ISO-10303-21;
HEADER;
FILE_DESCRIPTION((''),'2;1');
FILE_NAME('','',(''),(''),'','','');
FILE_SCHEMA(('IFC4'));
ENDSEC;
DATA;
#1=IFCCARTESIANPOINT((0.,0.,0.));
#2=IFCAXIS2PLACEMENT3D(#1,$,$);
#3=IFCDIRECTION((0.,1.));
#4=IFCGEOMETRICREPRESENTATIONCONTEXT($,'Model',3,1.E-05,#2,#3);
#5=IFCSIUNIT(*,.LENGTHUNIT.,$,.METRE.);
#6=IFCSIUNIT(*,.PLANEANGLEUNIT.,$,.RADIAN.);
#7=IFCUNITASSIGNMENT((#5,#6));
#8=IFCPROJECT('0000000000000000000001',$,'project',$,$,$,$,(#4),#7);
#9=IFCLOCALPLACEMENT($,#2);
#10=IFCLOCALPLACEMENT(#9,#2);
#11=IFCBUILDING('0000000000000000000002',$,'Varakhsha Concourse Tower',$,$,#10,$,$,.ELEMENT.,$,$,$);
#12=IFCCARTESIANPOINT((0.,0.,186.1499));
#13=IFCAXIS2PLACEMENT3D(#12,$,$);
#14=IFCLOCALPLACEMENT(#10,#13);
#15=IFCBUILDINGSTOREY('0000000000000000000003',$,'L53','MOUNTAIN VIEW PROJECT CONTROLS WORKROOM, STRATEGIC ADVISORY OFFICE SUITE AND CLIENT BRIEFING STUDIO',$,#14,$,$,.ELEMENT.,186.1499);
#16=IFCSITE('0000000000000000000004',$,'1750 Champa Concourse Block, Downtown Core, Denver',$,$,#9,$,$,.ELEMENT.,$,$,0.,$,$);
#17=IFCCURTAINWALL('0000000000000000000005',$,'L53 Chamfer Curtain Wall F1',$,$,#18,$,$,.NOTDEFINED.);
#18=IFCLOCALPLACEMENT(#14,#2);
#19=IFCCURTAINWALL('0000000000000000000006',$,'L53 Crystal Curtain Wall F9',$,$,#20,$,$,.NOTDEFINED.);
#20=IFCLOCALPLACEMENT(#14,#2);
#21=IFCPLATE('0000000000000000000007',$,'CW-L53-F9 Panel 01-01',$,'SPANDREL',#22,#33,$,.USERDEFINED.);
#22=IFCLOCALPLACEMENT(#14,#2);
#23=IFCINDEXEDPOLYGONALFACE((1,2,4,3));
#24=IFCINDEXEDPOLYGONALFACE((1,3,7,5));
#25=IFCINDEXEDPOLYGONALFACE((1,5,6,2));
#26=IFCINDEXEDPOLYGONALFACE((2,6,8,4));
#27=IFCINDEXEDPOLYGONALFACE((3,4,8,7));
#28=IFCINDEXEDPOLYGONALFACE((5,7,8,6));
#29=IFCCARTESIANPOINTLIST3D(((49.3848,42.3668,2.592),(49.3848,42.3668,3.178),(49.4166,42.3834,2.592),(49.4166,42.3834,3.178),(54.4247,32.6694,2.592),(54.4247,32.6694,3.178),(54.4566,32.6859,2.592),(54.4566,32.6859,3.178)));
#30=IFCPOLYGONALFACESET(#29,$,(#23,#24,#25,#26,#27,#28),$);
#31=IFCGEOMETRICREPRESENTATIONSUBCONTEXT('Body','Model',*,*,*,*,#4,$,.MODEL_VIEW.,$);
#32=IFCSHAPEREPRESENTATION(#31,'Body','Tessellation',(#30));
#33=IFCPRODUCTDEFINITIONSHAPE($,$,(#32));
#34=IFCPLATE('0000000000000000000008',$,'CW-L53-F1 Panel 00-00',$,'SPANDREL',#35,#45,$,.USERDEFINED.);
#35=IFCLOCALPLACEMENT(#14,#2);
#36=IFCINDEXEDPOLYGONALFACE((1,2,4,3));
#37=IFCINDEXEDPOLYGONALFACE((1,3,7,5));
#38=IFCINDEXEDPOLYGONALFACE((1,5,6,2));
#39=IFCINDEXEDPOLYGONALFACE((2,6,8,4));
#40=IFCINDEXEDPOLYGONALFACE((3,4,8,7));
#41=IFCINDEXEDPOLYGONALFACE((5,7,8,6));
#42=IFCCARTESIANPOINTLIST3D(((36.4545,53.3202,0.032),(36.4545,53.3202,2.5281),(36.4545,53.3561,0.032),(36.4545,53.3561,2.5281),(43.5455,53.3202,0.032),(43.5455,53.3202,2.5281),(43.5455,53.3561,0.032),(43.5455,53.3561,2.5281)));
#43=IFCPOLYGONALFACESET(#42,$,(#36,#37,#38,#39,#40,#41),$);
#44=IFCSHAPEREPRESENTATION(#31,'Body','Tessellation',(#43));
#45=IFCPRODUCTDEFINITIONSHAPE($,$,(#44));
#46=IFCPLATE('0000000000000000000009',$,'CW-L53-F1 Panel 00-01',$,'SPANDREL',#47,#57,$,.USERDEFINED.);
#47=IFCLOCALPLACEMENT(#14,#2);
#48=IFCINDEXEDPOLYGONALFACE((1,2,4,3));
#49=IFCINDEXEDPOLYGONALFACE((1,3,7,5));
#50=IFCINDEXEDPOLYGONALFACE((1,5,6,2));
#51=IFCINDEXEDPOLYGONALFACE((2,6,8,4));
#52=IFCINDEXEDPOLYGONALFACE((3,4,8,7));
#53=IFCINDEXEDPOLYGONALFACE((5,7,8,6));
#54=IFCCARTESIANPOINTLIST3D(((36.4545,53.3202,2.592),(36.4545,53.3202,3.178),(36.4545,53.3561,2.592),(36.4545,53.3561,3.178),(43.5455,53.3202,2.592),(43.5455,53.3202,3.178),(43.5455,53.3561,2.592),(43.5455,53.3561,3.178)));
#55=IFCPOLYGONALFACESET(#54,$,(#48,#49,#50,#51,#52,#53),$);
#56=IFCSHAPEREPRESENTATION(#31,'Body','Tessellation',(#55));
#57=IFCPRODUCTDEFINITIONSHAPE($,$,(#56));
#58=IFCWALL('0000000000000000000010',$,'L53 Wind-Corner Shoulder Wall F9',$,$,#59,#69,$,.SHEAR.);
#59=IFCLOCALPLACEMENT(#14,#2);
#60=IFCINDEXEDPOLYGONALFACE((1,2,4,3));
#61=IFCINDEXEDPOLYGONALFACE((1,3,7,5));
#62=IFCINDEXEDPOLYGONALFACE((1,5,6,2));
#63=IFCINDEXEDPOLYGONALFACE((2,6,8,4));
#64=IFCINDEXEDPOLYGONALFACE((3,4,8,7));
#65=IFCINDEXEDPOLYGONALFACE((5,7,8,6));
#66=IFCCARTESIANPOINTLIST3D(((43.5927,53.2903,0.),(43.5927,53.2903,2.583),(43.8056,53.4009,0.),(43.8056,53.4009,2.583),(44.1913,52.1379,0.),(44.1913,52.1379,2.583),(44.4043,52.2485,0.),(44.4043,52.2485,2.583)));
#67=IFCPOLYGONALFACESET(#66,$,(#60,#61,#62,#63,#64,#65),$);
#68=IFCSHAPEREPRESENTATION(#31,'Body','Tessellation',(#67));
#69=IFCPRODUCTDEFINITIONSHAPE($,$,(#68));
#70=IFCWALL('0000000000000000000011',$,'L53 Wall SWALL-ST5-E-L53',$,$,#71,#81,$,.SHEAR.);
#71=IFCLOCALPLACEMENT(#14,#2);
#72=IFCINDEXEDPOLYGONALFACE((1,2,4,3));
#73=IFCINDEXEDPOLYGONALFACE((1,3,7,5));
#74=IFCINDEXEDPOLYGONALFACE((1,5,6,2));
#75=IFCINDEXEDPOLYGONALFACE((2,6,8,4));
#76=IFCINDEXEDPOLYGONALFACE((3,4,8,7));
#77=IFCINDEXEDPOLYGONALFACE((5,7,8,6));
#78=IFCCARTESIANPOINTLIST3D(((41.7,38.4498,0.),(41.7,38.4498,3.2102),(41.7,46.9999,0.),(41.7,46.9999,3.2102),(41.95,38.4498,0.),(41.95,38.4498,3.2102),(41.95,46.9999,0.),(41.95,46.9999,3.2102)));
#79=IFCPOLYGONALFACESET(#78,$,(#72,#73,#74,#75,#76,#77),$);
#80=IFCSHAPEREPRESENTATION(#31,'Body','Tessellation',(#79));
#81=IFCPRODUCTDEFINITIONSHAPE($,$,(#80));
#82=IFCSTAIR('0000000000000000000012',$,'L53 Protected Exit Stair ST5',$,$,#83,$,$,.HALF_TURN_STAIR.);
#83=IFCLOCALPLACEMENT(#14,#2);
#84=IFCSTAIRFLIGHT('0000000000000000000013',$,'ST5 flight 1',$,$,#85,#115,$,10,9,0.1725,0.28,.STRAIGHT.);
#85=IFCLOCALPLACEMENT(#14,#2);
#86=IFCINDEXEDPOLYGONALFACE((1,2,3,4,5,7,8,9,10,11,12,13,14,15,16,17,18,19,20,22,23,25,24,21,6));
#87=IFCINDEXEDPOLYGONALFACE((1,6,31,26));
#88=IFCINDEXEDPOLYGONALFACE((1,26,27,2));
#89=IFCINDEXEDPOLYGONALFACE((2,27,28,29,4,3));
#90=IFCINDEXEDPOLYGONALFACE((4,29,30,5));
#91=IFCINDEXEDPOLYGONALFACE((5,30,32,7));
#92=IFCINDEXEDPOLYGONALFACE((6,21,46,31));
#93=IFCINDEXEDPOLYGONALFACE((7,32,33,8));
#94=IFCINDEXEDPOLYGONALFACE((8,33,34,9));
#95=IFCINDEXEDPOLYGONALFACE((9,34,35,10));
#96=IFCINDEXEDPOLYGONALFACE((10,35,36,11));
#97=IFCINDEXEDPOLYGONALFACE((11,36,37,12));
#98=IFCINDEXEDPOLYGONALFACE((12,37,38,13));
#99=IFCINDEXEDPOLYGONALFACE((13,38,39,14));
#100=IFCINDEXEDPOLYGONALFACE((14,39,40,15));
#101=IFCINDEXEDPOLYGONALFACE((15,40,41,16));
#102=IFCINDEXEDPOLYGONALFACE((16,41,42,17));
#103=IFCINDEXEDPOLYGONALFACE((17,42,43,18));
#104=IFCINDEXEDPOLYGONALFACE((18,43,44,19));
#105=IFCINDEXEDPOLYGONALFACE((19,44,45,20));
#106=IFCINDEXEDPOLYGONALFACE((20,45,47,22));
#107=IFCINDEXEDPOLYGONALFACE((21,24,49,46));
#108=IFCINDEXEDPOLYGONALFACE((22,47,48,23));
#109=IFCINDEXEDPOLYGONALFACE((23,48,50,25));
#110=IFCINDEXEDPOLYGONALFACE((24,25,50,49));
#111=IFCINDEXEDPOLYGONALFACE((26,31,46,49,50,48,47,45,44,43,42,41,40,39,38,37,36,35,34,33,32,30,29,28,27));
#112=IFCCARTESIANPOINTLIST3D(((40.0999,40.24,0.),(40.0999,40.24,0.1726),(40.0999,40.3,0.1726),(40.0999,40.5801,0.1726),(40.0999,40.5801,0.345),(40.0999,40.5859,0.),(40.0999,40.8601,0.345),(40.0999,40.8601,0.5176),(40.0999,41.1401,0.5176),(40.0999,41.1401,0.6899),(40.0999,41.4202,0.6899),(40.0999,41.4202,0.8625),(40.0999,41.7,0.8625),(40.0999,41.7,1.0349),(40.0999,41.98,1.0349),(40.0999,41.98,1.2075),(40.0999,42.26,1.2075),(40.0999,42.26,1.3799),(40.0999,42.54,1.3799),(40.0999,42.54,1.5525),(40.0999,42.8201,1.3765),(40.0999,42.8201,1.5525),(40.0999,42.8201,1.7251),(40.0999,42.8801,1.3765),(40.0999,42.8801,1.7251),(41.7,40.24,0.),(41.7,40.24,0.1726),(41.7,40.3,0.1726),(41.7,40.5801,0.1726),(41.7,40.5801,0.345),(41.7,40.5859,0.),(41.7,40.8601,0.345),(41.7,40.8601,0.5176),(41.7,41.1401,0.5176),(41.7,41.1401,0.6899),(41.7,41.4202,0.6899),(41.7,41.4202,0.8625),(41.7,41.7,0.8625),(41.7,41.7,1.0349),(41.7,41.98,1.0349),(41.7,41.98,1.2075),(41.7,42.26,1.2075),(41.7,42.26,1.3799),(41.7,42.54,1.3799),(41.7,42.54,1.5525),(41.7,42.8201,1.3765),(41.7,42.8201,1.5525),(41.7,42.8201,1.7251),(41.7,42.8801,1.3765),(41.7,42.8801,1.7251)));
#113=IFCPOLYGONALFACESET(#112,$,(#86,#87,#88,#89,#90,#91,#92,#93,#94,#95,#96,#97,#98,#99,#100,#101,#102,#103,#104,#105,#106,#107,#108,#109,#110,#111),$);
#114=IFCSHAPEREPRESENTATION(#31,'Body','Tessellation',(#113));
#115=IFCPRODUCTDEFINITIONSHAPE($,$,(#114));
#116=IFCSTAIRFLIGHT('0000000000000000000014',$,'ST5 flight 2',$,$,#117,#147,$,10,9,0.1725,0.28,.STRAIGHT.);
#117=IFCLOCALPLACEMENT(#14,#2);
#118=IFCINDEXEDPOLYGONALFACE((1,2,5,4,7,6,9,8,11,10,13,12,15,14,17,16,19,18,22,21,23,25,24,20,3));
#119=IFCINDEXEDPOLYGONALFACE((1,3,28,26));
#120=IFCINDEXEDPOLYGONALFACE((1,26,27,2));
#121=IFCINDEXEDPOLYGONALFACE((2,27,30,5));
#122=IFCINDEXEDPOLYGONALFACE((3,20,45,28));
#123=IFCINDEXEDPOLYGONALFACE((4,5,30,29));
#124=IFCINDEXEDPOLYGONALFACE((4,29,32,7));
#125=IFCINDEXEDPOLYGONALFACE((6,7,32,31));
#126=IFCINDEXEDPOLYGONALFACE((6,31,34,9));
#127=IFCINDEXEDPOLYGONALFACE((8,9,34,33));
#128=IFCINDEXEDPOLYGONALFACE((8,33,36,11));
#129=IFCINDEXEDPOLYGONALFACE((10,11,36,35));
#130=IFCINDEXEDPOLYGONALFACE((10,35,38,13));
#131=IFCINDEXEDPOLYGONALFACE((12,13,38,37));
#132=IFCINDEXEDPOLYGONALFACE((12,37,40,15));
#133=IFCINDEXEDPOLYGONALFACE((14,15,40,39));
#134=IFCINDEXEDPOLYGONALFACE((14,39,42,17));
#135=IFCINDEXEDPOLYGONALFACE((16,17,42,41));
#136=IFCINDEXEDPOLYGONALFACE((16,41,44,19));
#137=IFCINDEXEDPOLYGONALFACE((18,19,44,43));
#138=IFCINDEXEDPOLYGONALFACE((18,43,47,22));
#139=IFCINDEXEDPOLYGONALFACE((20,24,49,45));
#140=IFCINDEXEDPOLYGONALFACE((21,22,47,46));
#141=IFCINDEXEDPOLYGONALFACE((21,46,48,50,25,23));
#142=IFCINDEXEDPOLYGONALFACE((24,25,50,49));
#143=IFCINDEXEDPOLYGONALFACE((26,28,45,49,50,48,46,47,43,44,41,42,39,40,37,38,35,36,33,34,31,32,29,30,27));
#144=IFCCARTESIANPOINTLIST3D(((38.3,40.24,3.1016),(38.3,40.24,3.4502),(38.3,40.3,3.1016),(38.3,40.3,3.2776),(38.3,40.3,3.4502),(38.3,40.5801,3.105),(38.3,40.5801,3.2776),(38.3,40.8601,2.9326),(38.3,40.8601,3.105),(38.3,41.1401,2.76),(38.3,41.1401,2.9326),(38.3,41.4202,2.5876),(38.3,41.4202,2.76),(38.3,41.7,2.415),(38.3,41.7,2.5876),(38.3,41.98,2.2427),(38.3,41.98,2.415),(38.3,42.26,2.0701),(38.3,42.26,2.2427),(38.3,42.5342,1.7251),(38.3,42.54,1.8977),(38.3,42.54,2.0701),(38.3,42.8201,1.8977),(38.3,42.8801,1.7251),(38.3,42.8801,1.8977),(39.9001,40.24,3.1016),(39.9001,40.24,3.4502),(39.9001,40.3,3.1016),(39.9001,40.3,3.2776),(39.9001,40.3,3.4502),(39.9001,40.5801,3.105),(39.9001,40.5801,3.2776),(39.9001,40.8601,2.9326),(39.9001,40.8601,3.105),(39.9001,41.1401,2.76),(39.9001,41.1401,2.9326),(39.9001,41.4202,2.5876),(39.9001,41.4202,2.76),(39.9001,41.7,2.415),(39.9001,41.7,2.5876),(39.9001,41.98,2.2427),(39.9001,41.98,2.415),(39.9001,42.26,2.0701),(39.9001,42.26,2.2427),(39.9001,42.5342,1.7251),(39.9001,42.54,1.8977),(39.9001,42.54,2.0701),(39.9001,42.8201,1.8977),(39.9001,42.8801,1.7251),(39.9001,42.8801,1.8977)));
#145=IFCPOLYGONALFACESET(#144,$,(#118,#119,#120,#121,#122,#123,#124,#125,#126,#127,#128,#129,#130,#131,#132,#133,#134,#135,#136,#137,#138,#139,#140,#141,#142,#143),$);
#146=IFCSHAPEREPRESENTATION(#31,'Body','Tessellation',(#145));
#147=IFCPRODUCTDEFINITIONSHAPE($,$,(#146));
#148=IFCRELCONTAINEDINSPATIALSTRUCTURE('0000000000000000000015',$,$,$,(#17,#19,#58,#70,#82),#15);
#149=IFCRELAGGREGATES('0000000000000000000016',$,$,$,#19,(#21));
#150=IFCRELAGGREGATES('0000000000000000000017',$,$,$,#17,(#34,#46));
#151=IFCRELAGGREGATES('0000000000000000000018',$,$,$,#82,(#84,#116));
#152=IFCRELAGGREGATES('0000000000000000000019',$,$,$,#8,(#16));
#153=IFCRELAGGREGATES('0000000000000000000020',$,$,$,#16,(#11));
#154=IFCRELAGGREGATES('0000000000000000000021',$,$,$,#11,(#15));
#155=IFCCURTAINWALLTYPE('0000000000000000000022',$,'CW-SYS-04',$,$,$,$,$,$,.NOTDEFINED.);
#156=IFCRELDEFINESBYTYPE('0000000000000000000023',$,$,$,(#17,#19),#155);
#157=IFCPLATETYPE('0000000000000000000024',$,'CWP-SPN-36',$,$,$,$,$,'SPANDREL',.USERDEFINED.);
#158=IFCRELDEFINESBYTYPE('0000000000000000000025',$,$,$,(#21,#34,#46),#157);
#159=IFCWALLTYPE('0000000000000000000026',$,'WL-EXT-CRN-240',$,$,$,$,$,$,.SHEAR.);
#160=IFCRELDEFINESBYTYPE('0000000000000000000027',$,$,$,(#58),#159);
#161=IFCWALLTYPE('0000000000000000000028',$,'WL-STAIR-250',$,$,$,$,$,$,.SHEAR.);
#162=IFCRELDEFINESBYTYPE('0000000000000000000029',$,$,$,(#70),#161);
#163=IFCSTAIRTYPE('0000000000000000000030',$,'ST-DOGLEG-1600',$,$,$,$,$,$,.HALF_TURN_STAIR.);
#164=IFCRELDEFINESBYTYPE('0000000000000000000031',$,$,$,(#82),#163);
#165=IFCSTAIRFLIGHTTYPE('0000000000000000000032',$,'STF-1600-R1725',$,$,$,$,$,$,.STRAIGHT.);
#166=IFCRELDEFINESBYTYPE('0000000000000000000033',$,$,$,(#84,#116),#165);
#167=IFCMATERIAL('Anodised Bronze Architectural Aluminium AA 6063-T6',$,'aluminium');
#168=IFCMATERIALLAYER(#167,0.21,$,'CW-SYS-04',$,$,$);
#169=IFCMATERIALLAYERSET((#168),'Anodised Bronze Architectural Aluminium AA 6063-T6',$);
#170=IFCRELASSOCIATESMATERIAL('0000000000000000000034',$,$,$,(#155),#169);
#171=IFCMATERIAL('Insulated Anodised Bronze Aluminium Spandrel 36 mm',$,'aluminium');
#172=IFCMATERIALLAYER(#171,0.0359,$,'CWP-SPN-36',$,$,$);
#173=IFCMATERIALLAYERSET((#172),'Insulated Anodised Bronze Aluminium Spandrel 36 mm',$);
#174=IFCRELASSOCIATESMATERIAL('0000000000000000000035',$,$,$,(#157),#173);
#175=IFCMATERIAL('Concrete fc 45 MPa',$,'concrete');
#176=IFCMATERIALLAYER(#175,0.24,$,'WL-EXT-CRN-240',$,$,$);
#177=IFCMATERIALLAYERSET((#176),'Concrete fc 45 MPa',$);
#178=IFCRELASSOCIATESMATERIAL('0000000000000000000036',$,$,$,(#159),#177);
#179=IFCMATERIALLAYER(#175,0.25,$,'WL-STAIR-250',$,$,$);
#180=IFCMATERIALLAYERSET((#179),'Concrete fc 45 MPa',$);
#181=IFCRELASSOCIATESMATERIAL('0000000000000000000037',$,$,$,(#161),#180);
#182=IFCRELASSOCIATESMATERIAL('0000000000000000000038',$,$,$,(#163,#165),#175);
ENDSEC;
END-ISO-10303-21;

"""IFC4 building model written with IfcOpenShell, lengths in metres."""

from ifc_helpers import new_model, si_unit, direction, frame, frame_2d, origin, origin_2d, place, context, subcontext, project, spatial, polyline, rectangle, outline, extrude, source, transform, mapped, material, layer, layer_set, type_object, type_shapes, element, aggregate, save


model = new_model("IFC4")

# Units and contexts
model_context = context("Model", 3, precision=1e-05, world=origin(), true_north=direction((0.0, 1.0)))
body_context = subcontext(model_context, "Body", "Model", "MODEL_VIEW")
ifc_project = project(units=[si_unit("LENGTHUNIT", "METRE"), si_unit("PLANEANGLEUNIT", "RADIAN")], contexts=[model_context])

# Site, building, storey
site_placement = place(None, origin())
site = spatial("IfcSite", under=ifc_project, at=site_placement, Name="1750 Champa Concourse Block, Downtown Core, Denver", CompositionType="ELEMENT", RefElevation=0.0)
building_placement = place(site_placement, origin())
building = spatial("IfcBuilding", under=site, at=building_placement, Name="Varakhsha Concourse Tower", CompositionType="ELEMENT")
storey_placement = place(building_placement, frame((0.0, 0.0, 186.1499)))
storey = spatial("IfcBuildingStorey", under=building, at=storey_placement, Name="L53", Description="MOUNTAIN VIEW PROJECT CONTROLS WORKROOM, STRATEGIC ADVISORY OFFICE SUITE AND CLIENT BRIEFING STUDIO", CompositionType="ELEMENT", Elevation=186.1499)

# Curtain wall
ifc_material_1 = material(Name="Anodised Bronze Architectural Aluminium AA 6063-T6", Category="aluminium")
ifc_layer_1 = layer(ifc_material_1, 0.21, Name="CW-SYS-04")
ifc_layer_set_1 = layer_set([ifc_layer_1], Name="Anodised Bronze Architectural Aluminium AA 6063-T6")
curtain_wall_type = type_object("IfcCurtainWallType", Name="CW-SYS-04", PredefinedType="NOTDEFINED", material=ifc_layer_set_1)
curtain_wall_1_placement = place(storey_placement, origin())
curtain_wall_1 = element("IfcCurtainWall", 1, at=curtain_wall_1_placement, inside=storey, type_object=curtain_wall_type, Name="L53 Chamfer Curtain Wall F1", PredefinedType="NOTDEFINED")

# Curtain wall
curtain_wall_2_placement = place(storey_placement, origin())
curtain_wall_2 = element("IfcCurtainWall", 2, at=curtain_wall_2_placement, inside=storey, type_object=curtain_wall_type, Name="L53 Crystal Curtain Wall F9", PredefinedType="NOTDEFINED")

# Plates
ifc_material_2 = material(Name="Insulated Anodised Bronze Aluminium Spandrel 36 mm", Category="aluminium")
ifc_layer_2 = layer(ifc_material_2, 0.0359, Name="CWP-SPN-36")
ifc_layer_set_2 = layer_set([ifc_layer_2], Name="Insulated Anodised Bronze Aluminium Spandrel 36 mm")
plate_type_1 = type_object("IfcPlateType", Name="CWP-SPN-36", ElementType="SPANDREL", PredefinedType="USERDEFINED", material=ifc_layer_set_2)
shared_shape_1 = source(origin(), body_context, "Body", "SweptSolid", [
    extrude(rectangle(XDim=10.929, YDim=0.0359, at=origin_2d()), origin(), (0.0, 0.0, 1.0), 0.5859),
])
plate_1_placement = place(storey_placement, frame((51.9207, 37.5264, 2.592), z_axis=(0.0, 0.0, 1.0), x_axis=(0.461156, -0.887319, 0.0)))
plate_1 = element("IfcPlate", 3, at=plate_1_placement, type_object=plate_type_1, Name="CW-L53-F9 Panel 01-01", ObjectType="SPANDREL", PredefinedType="USERDEFINED", context=body_context, shape_type="MappedRepresentation", body=[
    mapped(shared_shape_1, transform((0.0, 0.0, 0.0), scale=1.0)),
])
aggregate(curtain_wall_2, [plate_1])
shared_shape_2 = source(origin(), body_context, "Body", "SweptSolid", [
    extrude(rectangle(XDim=7.0911, YDim=0.0359, at=origin_2d()), origin(), (0.0, 0.0, 1.0), 2.4961),
])
plate_2_placement = place(storey_placement, frame((40.0, 53.3381, 0.032), z_axis=(0.0, 0.0, 1.0), x_axis=(1.0, 0.0, 0.0)))
plate_2 = element("IfcPlate", 4, at=plate_2_placement, type_object=plate_type_1, Name="CW-L53-F1 Panel 00-00", ObjectType="SPANDREL", PredefinedType="USERDEFINED", context=body_context, shape_type="MappedRepresentation", body=[
    mapped(shared_shape_2, transform((0.0, 0.0, 0.0), scale=1.0)),
])
shared_shape_3 = source(origin(), body_context, "Body", "SweptSolid", [
    extrude(rectangle(XDim=7.0911, YDim=0.0359, at=origin_2d()), origin(), (0.0, 0.0, 1.0), 0.5859),
])
type_shapes(plate_type_1, [shared_shape_1, shared_shape_2, shared_shape_3])
plate_3_placement = place(storey_placement, frame((40.0, 53.3381, 2.592), z_axis=(0.0, 0.0, 1.0), x_axis=(1.0, 0.0, 0.0)))
plate_3 = element("IfcPlate", 5, at=plate_3_placement, type_object=plate_type_1, Name="CW-L53-F1 Panel 00-01", ObjectType="SPANDREL", PredefinedType="USERDEFINED", context=body_context, shape_type="MappedRepresentation", body=[
    mapped(shared_shape_3, transform((0.0, 0.0, 0.0), scale=1.0)),
])
aggregate(curtain_wall_1, [plate_2, plate_3])

# Walls
ifc_material_3 = material(Name="Concrete fc 45 MPa", Category="concrete")
ifc_layer_3 = layer(ifc_material_3, 0.24, Name="WL-EXT-CRN-240")
ifc_layer_set_3 = layer_set([ifc_layer_3], Name="Concrete fc 45 MPa")
wall_type_1 = type_object("IfcWallType", Name="WL-EXT-CRN-240", PredefinedType="SHEAR", material=ifc_layer_set_3)
wall_1_placement = place(storey_placement, frame((44.2979, 52.1931, 0.0), z_axis=(0.0, 0.0, 1.0), x_axis=(-0.460998, 0.887401, 0.0)))
element("IfcWall", 6, at=wall_1_placement, inside=storey, type_object=wall_type_1, Name="L53 Wind-Corner Shoulder Wall F9", PredefinedType="SHEAR", context=body_context, shape_type="SweptSolid", body=[
    extrude(rectangle(XDim=1.2986, YDim=0.24, at=frame_2d((0.6494, 0.0))), origin(), (0.0, 0.0, 1.0), 2.583),
])
ifc_layer_4 = layer(ifc_material_3, 0.25, Name="WL-STAIR-250")
ifc_layer_set_4 = layer_set([ifc_layer_4], Name="Concrete fc 45 MPa")
wall_type_2 = type_object("IfcWallType", Name="WL-STAIR-250", PredefinedType="SHEAR", material=ifc_layer_set_4)
wall_2_placement = place(storey_placement, frame((41.825, 38.45, 0.0), z_axis=(0.0, 0.0, 1.0), x_axis=(0.0, 1.0, 0.0)))
element("IfcWall", 7, at=wall_2_placement, inside=storey, type_object=wall_type_2, Name="L53 Wall SWALL-ST5-E-L53", PredefinedType="SHEAR", context=body_context, shape_type="SweptSolid", body=[
    extrude(rectangle(XDim=8.55, YDim=0.25, at=frame_2d((4.2749, 0.0))), origin(), (0.0, 0.0, 1.0), 3.2102),
])

# Stair, stair flights
stair_type = type_object("IfcStairType", Name="ST-DOGLEG-1600", PredefinedType="HALF_TURN_STAIR", material=ifc_material_3)
stair_placement = place(storey_placement, origin())
stair = element("IfcStair", 8, at=stair_placement, inside=storey, type_object=stair_type, Name="L53 Protected Exit Stair ST5", PredefinedType="HALF_TURN_STAIR")
stair_flight_type = type_object("IfcStairFlightType", Name="STF-1600-R1725", PredefinedType="STRAIGHT", material=ifc_material_3)
stair_flight_1_placement = place(storey_placement, frame((40.8999, 40.3, 0.0), z_axis=(0.0, 0.0, 1.0), x_axis=(0.0, 1.0, 0.0)))
stair_flight_1 = element("IfcStairFlight", 9, at=stair_flight_1_placement, type_object=stair_flight_type, Name="ST5 flight 1", NumberOfRisers=10, NumberOfTreads=9, PredefinedType="STRAIGHT", RiserHeight=0.1725, TreadLength=0.28, context=body_context, shape_type="SweptSolid", body=[
    extrude(outline(polyline([(-0.0601, 0.0), (-0.0601, 0.1726), (0.0, 0.1726), (0.28, 0.1726), (0.28, 0.345), (0.5601, 0.345), (0.5601, 0.5176), (0.8401, 0.5176), (0.8401, 0.6899), (1.1201, 0.6899), (1.1201, 0.8625), (1.3999, 0.8625), (1.3999, 1.0349), (1.6799, 1.0349), (1.6799, 1.2075), (1.96, 1.2075), (1.96, 1.3799), (2.24, 1.3799), (2.24, 1.5525), (2.52, 1.5525), (2.52, 1.7251), (2.5801, 1.7251), (2.5801, 1.3765), (2.52, 1.3765), (0.2859, 0.0), (-0.0601, 0.0)])), frame((0.0, 0.8, 0.0), z_axis=(0.0, -1.0, 0.0), x_axis=(1.0, 0.0, 0.0)), (0.0, 0.0, 1.0), 1.6001),
])
stair_flight_2_placement = place(storey_placement, frame((39.1001, 42.8201, 1.7251), z_axis=(0.0, 0.0, 1.0), x_axis=(0.0, -1.0, 0.0)))
stair_flight_2 = element("IfcStairFlight", 10, at=stair_flight_2_placement, type_object=stair_flight_type, Name="ST5 flight 2", NumberOfRisers=10, NumberOfTreads=9, PredefinedType="STRAIGHT", RiserHeight=0.1725, TreadLength=0.28, context=body_context, shape_type="SweptSolid", body=[
    extrude(outline(polyline([(-0.0601, 0.0), (-0.0601, 0.1726), (0.0, 0.1726), (0.28, 0.1726), (0.28, 0.345), (0.5601, 0.345), (0.5601, 0.5176), (0.8401, 0.5176), (0.8401, 0.6899), (1.1201, 0.6899), (1.1201, 0.8625), (1.3999, 0.8625), (1.3999, 1.0349), (1.6799, 1.0349), (1.6799, 1.2075), (1.96, 1.2075), (1.96, 1.3799), (2.24, 1.3799), (2.24, 1.5525), (2.52, 1.5525), (2.52, 1.7251), (2.5801, 1.7251), (2.5801, 1.3765), (2.52, 1.3765), (0.2859, 0.0), (-0.0601, 0.0)])), frame((0.0, 0.8, 0.0), z_axis=(0.0, -1.0, 0.0), x_axis=(1.0, 0.0, 0.0)), (0.0, 0.0, 1.0), 1.6001),
])
aggregate(stair, [stair_flight_1, stair_flight_2])

save(model, "model.ifc")
